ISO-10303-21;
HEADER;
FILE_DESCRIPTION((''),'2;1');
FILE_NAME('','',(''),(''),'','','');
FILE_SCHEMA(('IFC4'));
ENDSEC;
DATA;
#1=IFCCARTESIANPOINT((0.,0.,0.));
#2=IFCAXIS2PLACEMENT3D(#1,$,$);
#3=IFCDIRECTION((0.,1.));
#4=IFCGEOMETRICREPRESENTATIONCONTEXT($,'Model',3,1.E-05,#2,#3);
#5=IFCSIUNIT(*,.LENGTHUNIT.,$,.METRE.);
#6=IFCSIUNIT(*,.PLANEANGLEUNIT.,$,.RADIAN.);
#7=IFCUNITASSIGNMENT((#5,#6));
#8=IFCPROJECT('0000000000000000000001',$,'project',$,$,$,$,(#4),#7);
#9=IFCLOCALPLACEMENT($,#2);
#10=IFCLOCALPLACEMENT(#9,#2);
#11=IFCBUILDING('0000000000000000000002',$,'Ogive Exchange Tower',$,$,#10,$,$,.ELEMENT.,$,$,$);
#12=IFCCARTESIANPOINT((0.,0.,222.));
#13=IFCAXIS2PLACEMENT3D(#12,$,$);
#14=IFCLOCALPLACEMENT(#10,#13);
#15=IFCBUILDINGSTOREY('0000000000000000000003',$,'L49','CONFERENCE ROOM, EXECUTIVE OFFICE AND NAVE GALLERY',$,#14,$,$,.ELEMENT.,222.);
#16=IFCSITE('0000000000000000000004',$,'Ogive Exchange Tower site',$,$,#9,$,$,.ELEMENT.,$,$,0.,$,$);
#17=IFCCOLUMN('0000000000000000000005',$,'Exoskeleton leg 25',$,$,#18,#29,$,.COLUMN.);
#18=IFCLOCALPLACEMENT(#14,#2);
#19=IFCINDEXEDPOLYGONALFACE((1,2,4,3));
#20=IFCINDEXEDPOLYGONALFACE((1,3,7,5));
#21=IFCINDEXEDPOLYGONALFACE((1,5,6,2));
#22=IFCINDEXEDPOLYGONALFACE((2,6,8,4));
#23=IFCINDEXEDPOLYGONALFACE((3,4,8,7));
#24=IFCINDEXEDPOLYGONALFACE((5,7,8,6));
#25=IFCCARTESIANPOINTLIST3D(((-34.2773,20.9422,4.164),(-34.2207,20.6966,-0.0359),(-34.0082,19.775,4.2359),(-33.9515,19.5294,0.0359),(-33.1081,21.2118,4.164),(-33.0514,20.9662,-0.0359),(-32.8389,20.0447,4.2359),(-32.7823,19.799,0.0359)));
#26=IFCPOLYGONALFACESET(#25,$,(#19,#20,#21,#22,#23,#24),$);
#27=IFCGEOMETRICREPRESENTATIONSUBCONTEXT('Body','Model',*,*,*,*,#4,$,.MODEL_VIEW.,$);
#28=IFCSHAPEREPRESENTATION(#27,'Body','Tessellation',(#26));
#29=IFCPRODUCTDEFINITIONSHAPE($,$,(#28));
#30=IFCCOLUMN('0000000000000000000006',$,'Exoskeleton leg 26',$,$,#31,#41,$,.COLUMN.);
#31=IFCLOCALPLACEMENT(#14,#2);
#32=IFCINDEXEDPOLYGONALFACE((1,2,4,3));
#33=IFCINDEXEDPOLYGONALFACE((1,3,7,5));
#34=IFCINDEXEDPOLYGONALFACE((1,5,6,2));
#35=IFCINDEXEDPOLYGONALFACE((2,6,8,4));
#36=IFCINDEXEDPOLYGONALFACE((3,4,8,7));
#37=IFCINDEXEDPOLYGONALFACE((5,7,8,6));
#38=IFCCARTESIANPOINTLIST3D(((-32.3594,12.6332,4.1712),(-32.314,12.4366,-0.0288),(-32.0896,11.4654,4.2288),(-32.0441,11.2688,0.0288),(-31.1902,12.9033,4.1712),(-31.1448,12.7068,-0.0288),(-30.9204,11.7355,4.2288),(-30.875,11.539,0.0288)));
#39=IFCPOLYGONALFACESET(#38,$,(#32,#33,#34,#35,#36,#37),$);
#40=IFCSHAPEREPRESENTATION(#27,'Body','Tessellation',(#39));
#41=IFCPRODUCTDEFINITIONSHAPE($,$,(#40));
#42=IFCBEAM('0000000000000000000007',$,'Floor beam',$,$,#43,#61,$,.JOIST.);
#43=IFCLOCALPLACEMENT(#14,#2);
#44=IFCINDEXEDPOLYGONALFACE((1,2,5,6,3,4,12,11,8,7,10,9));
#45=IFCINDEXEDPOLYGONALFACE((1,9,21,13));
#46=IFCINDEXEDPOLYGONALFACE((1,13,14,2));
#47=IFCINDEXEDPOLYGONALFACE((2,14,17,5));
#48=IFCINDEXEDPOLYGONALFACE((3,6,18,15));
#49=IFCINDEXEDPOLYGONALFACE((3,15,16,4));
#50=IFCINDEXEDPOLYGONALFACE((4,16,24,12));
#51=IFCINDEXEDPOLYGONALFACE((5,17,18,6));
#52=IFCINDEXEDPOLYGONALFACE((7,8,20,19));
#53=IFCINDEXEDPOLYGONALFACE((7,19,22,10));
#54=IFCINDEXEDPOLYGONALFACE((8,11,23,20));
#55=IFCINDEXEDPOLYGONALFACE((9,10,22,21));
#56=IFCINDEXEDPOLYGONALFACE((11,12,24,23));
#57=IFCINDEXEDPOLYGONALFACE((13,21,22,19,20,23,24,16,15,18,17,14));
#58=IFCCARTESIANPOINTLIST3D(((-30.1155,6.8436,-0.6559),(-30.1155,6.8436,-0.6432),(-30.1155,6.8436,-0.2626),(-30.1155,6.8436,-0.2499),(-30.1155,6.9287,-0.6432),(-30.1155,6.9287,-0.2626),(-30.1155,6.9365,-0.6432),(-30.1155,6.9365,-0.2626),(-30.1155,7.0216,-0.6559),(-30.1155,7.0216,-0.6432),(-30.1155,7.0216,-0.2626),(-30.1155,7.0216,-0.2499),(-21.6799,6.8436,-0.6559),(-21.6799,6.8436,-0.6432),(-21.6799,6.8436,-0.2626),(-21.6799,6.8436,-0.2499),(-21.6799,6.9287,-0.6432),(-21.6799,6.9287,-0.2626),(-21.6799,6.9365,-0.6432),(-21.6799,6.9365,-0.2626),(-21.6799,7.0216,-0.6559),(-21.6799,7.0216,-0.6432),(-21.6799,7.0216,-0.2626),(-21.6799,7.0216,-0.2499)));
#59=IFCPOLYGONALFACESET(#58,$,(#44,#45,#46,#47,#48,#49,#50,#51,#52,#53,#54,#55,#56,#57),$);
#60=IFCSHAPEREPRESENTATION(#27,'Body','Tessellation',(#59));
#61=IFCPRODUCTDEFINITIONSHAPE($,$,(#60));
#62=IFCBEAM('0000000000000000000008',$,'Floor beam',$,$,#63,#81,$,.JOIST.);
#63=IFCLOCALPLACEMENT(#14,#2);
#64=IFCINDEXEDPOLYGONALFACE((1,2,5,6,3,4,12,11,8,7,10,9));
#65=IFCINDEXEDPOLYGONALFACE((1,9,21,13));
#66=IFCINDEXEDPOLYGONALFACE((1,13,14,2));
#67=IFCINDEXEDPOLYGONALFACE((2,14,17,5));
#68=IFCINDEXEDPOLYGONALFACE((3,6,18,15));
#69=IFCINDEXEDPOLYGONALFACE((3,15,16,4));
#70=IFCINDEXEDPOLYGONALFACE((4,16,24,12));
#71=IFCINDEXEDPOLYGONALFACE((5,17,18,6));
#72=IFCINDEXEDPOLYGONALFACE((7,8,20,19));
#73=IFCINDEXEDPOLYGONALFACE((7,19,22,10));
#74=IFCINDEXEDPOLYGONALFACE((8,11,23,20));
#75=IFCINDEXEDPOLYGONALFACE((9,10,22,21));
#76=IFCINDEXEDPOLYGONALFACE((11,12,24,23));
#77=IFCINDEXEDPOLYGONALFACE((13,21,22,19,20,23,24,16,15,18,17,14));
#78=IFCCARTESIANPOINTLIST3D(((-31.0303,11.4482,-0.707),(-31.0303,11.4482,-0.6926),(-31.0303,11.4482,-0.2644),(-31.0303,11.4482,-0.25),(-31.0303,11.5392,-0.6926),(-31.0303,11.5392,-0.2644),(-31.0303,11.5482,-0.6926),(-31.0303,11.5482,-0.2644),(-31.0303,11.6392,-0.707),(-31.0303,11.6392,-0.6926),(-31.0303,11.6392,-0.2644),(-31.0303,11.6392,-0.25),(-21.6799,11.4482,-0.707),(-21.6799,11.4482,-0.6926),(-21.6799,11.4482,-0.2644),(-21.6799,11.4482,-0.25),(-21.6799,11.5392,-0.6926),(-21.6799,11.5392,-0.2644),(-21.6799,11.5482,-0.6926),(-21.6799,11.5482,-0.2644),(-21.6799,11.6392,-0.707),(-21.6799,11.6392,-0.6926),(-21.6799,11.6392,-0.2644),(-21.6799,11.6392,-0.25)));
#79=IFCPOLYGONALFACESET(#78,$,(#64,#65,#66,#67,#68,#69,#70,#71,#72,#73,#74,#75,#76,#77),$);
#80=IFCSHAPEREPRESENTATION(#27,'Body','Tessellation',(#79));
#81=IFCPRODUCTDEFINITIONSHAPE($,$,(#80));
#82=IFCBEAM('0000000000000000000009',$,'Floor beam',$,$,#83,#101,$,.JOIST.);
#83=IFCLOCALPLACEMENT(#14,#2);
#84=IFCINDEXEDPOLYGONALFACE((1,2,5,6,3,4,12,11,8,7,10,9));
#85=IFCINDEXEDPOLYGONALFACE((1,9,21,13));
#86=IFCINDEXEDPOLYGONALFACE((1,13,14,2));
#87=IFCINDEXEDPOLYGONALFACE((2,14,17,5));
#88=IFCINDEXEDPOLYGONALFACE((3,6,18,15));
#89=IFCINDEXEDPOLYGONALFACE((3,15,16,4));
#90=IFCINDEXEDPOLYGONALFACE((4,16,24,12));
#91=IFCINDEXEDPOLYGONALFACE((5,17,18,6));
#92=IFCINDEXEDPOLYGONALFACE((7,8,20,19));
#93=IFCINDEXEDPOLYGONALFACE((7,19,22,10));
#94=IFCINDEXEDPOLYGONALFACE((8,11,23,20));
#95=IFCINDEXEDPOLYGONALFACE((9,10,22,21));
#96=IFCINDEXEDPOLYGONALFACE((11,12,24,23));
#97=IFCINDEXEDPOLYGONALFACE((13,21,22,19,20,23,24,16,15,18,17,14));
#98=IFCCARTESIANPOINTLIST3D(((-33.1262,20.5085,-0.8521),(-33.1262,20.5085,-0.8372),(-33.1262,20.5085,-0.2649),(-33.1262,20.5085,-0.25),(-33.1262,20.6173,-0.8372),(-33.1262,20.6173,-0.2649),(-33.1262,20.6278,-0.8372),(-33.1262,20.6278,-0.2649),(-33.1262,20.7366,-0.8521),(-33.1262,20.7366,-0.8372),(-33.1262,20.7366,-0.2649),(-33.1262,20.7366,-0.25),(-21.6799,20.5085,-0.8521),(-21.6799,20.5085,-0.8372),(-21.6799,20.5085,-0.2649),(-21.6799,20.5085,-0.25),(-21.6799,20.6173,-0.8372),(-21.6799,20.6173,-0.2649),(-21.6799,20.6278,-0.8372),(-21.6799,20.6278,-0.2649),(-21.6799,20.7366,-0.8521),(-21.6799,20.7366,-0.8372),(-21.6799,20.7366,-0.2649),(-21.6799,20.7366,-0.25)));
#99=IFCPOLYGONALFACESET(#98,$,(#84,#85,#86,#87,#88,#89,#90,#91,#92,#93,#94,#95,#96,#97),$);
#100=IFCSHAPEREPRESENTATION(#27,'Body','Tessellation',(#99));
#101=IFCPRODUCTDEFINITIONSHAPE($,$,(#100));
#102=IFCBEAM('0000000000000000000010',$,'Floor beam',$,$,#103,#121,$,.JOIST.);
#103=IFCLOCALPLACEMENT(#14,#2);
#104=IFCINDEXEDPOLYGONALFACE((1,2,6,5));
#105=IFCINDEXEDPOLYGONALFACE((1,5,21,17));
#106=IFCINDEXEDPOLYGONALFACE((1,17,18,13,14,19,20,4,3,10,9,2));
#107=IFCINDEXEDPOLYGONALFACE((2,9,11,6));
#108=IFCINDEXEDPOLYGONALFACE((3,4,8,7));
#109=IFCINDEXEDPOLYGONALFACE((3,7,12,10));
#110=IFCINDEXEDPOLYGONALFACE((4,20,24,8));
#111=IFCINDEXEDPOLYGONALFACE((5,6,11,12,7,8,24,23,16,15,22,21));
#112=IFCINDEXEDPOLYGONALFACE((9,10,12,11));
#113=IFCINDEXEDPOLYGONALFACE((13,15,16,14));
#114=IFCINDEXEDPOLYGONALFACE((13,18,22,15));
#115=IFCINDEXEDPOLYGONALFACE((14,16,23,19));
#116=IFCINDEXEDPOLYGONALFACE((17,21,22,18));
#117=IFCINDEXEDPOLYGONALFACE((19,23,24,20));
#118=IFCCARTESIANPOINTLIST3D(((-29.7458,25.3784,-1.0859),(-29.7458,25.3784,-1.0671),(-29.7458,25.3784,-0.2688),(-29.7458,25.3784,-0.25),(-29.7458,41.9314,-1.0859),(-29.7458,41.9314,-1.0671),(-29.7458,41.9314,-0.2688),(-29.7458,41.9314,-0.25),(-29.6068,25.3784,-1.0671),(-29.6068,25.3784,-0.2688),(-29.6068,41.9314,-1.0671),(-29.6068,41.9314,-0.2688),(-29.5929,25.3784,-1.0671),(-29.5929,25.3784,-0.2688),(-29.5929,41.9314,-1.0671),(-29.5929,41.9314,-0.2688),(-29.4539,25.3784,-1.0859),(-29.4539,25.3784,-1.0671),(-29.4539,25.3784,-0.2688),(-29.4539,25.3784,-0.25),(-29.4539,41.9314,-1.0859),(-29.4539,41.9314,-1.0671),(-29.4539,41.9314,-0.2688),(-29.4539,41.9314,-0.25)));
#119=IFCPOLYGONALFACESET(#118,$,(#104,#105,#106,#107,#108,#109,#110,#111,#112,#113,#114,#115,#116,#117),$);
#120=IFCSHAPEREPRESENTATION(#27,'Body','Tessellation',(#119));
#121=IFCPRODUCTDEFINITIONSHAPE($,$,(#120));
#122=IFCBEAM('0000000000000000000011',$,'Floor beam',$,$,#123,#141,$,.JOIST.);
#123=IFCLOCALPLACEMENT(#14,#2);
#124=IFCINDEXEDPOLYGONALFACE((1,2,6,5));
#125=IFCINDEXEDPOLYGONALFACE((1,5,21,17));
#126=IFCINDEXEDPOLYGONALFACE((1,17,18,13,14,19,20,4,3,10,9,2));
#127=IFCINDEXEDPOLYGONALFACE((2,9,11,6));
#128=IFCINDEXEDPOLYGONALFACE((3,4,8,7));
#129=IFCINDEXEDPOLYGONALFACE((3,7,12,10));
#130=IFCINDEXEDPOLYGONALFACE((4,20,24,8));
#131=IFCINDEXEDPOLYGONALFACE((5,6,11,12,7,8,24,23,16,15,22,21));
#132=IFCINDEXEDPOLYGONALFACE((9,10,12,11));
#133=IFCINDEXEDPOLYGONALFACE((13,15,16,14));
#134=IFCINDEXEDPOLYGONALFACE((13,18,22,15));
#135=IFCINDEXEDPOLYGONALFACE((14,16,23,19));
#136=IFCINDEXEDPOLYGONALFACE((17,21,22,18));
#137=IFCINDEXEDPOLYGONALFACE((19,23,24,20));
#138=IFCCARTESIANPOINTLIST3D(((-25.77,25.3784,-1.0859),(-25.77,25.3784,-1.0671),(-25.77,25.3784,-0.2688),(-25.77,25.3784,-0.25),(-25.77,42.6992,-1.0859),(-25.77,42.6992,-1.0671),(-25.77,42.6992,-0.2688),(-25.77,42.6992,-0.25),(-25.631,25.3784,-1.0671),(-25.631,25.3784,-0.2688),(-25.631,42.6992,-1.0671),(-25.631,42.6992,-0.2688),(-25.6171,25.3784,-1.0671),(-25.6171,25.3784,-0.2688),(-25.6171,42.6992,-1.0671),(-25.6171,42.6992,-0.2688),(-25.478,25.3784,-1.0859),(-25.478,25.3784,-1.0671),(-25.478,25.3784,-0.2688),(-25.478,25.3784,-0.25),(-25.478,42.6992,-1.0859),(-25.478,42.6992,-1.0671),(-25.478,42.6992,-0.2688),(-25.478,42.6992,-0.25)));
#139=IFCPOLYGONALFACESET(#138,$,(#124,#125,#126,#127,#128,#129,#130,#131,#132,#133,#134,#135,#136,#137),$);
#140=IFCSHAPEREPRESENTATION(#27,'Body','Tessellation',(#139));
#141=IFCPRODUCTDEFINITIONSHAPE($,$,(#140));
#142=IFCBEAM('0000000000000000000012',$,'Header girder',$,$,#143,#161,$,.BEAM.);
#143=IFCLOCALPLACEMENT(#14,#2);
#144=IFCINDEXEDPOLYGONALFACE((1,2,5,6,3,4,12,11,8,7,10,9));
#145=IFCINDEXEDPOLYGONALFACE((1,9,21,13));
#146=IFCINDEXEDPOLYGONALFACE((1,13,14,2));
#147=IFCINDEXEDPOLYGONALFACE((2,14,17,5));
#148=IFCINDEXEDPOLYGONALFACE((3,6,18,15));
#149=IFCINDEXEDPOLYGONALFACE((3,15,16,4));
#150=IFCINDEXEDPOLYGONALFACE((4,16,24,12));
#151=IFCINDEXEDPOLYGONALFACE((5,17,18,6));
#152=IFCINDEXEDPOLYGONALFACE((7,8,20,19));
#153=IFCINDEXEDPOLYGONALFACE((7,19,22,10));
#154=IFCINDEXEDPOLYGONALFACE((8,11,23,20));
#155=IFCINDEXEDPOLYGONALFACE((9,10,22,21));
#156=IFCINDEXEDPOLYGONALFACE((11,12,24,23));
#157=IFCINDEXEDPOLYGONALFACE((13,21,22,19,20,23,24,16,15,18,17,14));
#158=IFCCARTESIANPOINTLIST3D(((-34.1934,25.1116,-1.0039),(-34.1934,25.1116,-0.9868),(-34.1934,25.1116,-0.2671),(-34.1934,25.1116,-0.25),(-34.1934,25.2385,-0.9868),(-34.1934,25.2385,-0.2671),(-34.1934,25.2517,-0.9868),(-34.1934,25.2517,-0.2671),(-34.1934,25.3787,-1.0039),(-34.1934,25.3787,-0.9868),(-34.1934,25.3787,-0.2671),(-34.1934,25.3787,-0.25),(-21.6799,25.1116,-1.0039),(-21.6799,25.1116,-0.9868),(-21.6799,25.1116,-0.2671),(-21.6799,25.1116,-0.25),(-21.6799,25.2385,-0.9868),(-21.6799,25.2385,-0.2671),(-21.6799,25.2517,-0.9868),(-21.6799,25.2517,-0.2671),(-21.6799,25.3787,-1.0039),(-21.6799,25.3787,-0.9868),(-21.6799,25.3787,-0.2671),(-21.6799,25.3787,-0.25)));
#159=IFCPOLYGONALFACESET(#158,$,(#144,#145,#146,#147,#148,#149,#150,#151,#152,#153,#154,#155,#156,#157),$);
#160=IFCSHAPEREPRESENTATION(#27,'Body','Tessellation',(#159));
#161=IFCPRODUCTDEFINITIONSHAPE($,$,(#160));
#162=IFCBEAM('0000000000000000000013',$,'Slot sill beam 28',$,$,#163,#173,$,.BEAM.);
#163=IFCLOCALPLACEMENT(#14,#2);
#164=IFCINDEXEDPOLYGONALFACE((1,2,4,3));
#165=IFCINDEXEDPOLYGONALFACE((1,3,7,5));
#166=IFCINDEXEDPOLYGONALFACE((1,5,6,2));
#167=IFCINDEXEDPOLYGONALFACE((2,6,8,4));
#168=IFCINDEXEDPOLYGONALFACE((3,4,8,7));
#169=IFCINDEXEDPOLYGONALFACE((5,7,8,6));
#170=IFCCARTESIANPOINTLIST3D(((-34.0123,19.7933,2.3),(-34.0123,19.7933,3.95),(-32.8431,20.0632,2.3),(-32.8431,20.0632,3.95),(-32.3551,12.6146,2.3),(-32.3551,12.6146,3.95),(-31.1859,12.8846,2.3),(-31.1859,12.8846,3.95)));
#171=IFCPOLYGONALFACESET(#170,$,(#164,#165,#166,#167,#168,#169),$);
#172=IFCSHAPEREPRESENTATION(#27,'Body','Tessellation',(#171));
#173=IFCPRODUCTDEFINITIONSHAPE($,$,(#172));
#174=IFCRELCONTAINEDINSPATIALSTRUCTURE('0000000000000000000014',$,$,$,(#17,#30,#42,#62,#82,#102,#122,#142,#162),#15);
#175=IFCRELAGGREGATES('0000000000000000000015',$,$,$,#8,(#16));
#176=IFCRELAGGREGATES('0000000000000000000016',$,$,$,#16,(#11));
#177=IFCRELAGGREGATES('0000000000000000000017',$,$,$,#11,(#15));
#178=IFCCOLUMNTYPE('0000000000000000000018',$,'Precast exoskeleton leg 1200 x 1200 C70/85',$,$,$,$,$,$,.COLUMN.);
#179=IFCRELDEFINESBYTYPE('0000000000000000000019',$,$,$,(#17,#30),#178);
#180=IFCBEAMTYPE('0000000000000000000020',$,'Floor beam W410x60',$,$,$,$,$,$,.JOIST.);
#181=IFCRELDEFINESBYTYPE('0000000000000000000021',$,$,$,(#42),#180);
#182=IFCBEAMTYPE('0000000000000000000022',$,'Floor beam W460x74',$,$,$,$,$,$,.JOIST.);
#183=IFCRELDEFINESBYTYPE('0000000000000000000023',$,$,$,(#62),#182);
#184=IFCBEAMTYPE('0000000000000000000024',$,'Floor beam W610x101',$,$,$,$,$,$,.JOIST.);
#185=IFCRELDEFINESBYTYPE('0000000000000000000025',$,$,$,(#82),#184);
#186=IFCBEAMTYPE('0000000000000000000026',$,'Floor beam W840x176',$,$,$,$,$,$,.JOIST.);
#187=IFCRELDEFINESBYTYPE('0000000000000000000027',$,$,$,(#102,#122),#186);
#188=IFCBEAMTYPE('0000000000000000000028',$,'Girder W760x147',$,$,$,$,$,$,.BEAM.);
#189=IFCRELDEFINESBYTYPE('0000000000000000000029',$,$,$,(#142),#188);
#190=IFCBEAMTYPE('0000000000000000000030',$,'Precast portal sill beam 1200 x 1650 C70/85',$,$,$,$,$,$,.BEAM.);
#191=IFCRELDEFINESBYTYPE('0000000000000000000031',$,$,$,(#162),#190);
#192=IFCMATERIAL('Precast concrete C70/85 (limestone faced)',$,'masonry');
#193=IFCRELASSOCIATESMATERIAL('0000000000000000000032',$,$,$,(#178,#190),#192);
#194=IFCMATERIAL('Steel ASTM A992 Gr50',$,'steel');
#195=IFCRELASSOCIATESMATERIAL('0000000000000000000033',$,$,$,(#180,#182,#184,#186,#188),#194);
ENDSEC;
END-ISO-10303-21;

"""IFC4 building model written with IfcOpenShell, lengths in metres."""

from ifc_helpers import new_model, si_unit, direction, frame, origin, origin_2d, place, context, subcontext, project, spatial, rectangle, i_section, extrude, material, material_profile, profile_set, type_object, element, save


model = new_model("IFC4")

# Units and contexts
model_context = context("Model", 3, precision=1e-05, world=origin(), true_north=direction((0.0, 1.0)))
body_context = subcontext(model_context, "Body", "Model", "MODEL_VIEW")
ifc_project = project(units=[si_unit("LENGTHUNIT", "METRE"), si_unit("PLANEANGLEUNIT", "RADIAN")], contexts=[model_context])

# Site, building, storey
site_placement = place(None, origin())
site = spatial("IfcSite", under=ifc_project, at=site_placement, Name="Ogive Exchange Tower site", CompositionType="ELEMENT", RefElevation=0.0)
building_placement = place(site_placement, origin())
building = spatial("IfcBuilding", under=site, at=building_placement, Name="Ogive Exchange Tower", CompositionType="ELEMENT")
storey_placement = place(building_placement, frame((0.0, 0.0, 222.0)))
storey = spatial("IfcBuildingStorey", under=building, at=storey_placement, Name="L49", Description="CONFERENCE ROOM, EXECUTIVE OFFICE AND NAVE GALLERY", CompositionType="ELEMENT", Elevation=222.0)

# Columns
ifc_material_1 = material(Name="Precast concrete C70/85 (limestone faced)", Category="masonry")
ifc_material_profile_1 = material_profile(ifc_material_1, rectangle(XDim=1.2, YDim=1.2, at=origin_2d()), Name="1200 x 1200")
ifc_profile_set_1 = profile_set([ifc_material_profile_1], Name="Precast concrete C70/85 (limestone faced)")
column_type = type_object("IfcColumnType", Name="Precast exoskeleton leg 1200 x 1200 C70/85", PredefinedType="COLUMN", material=ifc_profile_set_1)
column_1_placement = place(storey_placement, frame((-33.5015, 20.2478, 0.0), z_axis=(-0.013462, 0.058373, 0.998204), x_axis=(-0.974424, -0.224718, 0.0)))
element("IfcColumn", 1, at=column_1_placement, inside=storey, type_object=column_type, Name="Exoskeleton leg 25", PredefinedType="COLUMN", context=body_context, shape_type="SweptSolid", body=[
    extrude(rectangle(XDim=1.2, YDim=1.2, at=origin_2d()), origin(), (0.0, 0.0, 1.0), 4.2075),
])
column_2_placement = place(storey_placement, frame((-31.5945, 11.9878, 0.0), z_axis=(-0.0108, 0.04674, 0.998849), x_axis=(-0.97433, -0.225125, 0.0)))
element("IfcColumn", 2, at=column_2_placement, inside=storey, type_object=column_type, Name="Exoskeleton leg 26", PredefinedType="COLUMN", context=body_context, shape_type="SweptSolid", body=[
    extrude(rectangle(XDim=1.2, YDim=1.2, at=origin_2d()), origin(), (0.0, 0.0, 1.0), 4.2048),
])

# Beams
ifc_material_2 = material(Name="Steel ASTM A992 Gr50", Category="steel")
ifc_material_profile_2 = material_profile(ifc_material_2, i_section(OverallWidth=0.178, OverallDepth=0.406, WebThickness=0.0078, FlangeThickness=0.0127, at=origin_2d()), Name="W410x60")
ifc_profile_set_2 = profile_set([ifc_material_profile_2], Name="Steel ASTM A992 Gr50")
beam_type_1 = type_object("IfcBeamType", Name="Floor beam W410x60", PredefinedType="JOIST", material=ifc_profile_set_2)
beam_1_placement = place(storey_placement, frame((-30.1155, 6.9326, -0.4529), z_axis=(1.0, 0.0, 0.0), x_axis=(0.0, 1.0, 0.0)))
element("IfcBeam", 3, at=beam_1_placement, inside=storey, type_object=beam_type_1, Name="Floor beam", PredefinedType="JOIST", context=body_context, shape_type="SweptSolid", body=[
    extrude(i_section(OverallWidth=0.178, OverallDepth=0.406, WebThickness=0.0078, FlangeThickness=0.0127, at=origin_2d()), origin(), (0.0, 0.0, 1.0), 8.4355),
])
ifc_material_profile_3 = material_profile(ifc_material_2, i_section(OverallWidth=0.1909, OverallDepth=0.457, WebThickness=0.009, FlangeThickness=0.0144, at=origin_2d()), Name="W460x74")
ifc_profile_set_3 = profile_set([ifc_material_profile_3], Name="Steel ASTM A992 Gr50")
beam_type_2 = type_object("IfcBeamType", Name="Floor beam W460x74", PredefinedType="JOIST", material=ifc_profile_set_3)
beam_2_placement = place(storey_placement, frame((-31.0303, 11.5437, -0.4785), z_axis=(1.0, 0.0, 0.0), x_axis=(0.0, 1.0, 0.0)))
element("IfcBeam", 4, at=beam_2_placement, inside=storey, type_object=beam_type_2, Name="Floor beam", PredefinedType="JOIST", context=body_context, shape_type="SweptSolid", body=[
    extrude(i_section(OverallWidth=0.1909, OverallDepth=0.457, WebThickness=0.009, FlangeThickness=0.0144, at=origin_2d()), origin(), (0.0, 0.0, 1.0), 9.3503),
])
ifc_material_profile_4 = material_profile(ifc_material_2, i_section(OverallWidth=0.228, OverallDepth=0.6021, WebThickness=0.0105, FlangeThickness=0.0149, at=origin_2d()), Name="W610x101")
ifc_profile_set_4 = profile_set([ifc_material_profile_4], Name="Steel ASTM A992 Gr50")
beam_type_3 = type_object("IfcBeamType", Name="Floor beam W610x101", PredefinedType="JOIST", material=ifc_profile_set_4)
beam_3_placement = place(storey_placement, frame((-33.1262, 20.6226, -0.551), z_axis=(1.0, 0.0, 0.0), x_axis=(0.0, 1.0, 0.0)))
element("IfcBeam", 5, at=beam_3_placement, inside=storey, type_object=beam_type_3, Name="Floor beam", PredefinedType="JOIST", context=body_context, shape_type="SweptSolid", body=[
    extrude(i_section(OverallWidth=0.228, OverallDepth=0.6021, WebThickness=0.0105, FlangeThickness=0.0149, at=origin_2d()), origin(), (0.0, 0.0, 1.0), 11.4463),
])
ifc_material_profile_5 = material_profile(ifc_material_2, i_section(OverallWidth=0.292, OverallDepth=0.8359, WebThickness=0.0139, FlangeThickness=0.0188, at=origin_2d()), Name="W840x176")
ifc_profile_set_5 = profile_set([ifc_material_profile_5], Name="Steel ASTM A992 Gr50")
beam_type_4 = type_object("IfcBeamType", Name="Floor beam W840x176", PredefinedType="JOIST", material=ifc_profile_set_5)
beam_4_placement = place(storey_placement, frame((-29.5999, 25.3784, -0.668), z_axis=(0.0, 1.0, 0.0), x_axis=(-1.0, 0.0, 0.0)))
element("IfcBeam", 6, at=beam_4_placement, inside=storey, type_object=beam_type_4, Name="Floor beam", PredefinedType="JOIST", context=body_context, shape_type="SweptSolid", body=[
    extrude(i_section(OverallWidth=0.292, OverallDepth=0.8359, WebThickness=0.0139, FlangeThickness=0.0188, at=origin_2d()), origin(), (0.0, 0.0, 1.0), 16.553),
])
beam_5_placement = place(storey_placement, frame((-25.624, 25.3784, -0.668), z_axis=(0.0, 1.0, 0.0), x_axis=(-1.0, 0.0, 0.0)))
element("IfcBeam", 7, at=beam_5_placement, inside=storey, type_object=beam_type_4, Name="Floor beam", PredefinedType="JOIST", context=body_context, shape_type="SweptSolid", body=[
    extrude(i_section(OverallWidth=0.292, OverallDepth=0.8359, WebThickness=0.0139, FlangeThickness=0.0188, at=origin_2d()), origin(), (0.0, 0.0, 1.0), 17.3208),
])
ifc_material_profile_6 = material_profile(ifc_material_2, i_section(OverallWidth=0.2671, OverallDepth=0.7539, WebThickness=0.0132, FlangeThickness=0.0171, at=origin_2d()), Name="W760x147")
ifc_profile_set_6 = profile_set([ifc_material_profile_6], Name="Steel ASTM A992 Gr50")
beam_type_5 = type_object("IfcBeamType", Name="Girder W760x147", PredefinedType="BEAM", material=ifc_profile_set_6)
beam_6_placement = place(storey_placement, frame((-34.1934, 25.2451, -0.627), z_axis=(1.0, 0.0, 0.0), x_axis=(0.0, 1.0, 0.0)))
element("IfcBeam", 8, at=beam_6_placement, inside=storey, type_object=beam_type_5, Name="Header girder", PredefinedType="BEAM", context=body_context, shape_type="SweptSolid", body=[
    extrude(i_section(OverallWidth=0.2671, OverallDepth=0.7539, WebThickness=0.0132, FlangeThickness=0.0171, at=origin_2d()), origin(), (0.0, 0.0, 1.0), 12.5134),
])
ifc_material_profile_7 = material_profile(ifc_material_1, rectangle(XDim=1.2, YDim=1.6499, at=origin_2d()), Name="1200 x 1650")
ifc_profile_set_7 = profile_set([ifc_material_profile_7], Name="Precast concrete C70/85 (limestone faced)")
beam_type_6 = type_object("IfcBeamType", Name="Precast portal sill beam 1200 x 1650 C70/85", PredefinedType="BEAM", material=ifc_profile_set_7)
beam_7_placement = place(storey_placement, frame((-33.4277, 19.9282, 3.125), z_axis=(0.224937, -0.974373, 0.0), x_axis=(0.974373, 0.224937, 0.0)))
element("IfcBeam", 9, at=beam_7_placement, inside=storey, type_object=beam_type_6, Name="Slot sill beam 28", PredefinedType="BEAM", context=body_context, shape_type="SweptSolid", body=[
    extrude(rectangle(XDim=1.2, YDim=1.6499, at=origin_2d()), origin(), (0.0, 0.0, 1.0), 7.3674),
])

save(model, "model.ifc")
